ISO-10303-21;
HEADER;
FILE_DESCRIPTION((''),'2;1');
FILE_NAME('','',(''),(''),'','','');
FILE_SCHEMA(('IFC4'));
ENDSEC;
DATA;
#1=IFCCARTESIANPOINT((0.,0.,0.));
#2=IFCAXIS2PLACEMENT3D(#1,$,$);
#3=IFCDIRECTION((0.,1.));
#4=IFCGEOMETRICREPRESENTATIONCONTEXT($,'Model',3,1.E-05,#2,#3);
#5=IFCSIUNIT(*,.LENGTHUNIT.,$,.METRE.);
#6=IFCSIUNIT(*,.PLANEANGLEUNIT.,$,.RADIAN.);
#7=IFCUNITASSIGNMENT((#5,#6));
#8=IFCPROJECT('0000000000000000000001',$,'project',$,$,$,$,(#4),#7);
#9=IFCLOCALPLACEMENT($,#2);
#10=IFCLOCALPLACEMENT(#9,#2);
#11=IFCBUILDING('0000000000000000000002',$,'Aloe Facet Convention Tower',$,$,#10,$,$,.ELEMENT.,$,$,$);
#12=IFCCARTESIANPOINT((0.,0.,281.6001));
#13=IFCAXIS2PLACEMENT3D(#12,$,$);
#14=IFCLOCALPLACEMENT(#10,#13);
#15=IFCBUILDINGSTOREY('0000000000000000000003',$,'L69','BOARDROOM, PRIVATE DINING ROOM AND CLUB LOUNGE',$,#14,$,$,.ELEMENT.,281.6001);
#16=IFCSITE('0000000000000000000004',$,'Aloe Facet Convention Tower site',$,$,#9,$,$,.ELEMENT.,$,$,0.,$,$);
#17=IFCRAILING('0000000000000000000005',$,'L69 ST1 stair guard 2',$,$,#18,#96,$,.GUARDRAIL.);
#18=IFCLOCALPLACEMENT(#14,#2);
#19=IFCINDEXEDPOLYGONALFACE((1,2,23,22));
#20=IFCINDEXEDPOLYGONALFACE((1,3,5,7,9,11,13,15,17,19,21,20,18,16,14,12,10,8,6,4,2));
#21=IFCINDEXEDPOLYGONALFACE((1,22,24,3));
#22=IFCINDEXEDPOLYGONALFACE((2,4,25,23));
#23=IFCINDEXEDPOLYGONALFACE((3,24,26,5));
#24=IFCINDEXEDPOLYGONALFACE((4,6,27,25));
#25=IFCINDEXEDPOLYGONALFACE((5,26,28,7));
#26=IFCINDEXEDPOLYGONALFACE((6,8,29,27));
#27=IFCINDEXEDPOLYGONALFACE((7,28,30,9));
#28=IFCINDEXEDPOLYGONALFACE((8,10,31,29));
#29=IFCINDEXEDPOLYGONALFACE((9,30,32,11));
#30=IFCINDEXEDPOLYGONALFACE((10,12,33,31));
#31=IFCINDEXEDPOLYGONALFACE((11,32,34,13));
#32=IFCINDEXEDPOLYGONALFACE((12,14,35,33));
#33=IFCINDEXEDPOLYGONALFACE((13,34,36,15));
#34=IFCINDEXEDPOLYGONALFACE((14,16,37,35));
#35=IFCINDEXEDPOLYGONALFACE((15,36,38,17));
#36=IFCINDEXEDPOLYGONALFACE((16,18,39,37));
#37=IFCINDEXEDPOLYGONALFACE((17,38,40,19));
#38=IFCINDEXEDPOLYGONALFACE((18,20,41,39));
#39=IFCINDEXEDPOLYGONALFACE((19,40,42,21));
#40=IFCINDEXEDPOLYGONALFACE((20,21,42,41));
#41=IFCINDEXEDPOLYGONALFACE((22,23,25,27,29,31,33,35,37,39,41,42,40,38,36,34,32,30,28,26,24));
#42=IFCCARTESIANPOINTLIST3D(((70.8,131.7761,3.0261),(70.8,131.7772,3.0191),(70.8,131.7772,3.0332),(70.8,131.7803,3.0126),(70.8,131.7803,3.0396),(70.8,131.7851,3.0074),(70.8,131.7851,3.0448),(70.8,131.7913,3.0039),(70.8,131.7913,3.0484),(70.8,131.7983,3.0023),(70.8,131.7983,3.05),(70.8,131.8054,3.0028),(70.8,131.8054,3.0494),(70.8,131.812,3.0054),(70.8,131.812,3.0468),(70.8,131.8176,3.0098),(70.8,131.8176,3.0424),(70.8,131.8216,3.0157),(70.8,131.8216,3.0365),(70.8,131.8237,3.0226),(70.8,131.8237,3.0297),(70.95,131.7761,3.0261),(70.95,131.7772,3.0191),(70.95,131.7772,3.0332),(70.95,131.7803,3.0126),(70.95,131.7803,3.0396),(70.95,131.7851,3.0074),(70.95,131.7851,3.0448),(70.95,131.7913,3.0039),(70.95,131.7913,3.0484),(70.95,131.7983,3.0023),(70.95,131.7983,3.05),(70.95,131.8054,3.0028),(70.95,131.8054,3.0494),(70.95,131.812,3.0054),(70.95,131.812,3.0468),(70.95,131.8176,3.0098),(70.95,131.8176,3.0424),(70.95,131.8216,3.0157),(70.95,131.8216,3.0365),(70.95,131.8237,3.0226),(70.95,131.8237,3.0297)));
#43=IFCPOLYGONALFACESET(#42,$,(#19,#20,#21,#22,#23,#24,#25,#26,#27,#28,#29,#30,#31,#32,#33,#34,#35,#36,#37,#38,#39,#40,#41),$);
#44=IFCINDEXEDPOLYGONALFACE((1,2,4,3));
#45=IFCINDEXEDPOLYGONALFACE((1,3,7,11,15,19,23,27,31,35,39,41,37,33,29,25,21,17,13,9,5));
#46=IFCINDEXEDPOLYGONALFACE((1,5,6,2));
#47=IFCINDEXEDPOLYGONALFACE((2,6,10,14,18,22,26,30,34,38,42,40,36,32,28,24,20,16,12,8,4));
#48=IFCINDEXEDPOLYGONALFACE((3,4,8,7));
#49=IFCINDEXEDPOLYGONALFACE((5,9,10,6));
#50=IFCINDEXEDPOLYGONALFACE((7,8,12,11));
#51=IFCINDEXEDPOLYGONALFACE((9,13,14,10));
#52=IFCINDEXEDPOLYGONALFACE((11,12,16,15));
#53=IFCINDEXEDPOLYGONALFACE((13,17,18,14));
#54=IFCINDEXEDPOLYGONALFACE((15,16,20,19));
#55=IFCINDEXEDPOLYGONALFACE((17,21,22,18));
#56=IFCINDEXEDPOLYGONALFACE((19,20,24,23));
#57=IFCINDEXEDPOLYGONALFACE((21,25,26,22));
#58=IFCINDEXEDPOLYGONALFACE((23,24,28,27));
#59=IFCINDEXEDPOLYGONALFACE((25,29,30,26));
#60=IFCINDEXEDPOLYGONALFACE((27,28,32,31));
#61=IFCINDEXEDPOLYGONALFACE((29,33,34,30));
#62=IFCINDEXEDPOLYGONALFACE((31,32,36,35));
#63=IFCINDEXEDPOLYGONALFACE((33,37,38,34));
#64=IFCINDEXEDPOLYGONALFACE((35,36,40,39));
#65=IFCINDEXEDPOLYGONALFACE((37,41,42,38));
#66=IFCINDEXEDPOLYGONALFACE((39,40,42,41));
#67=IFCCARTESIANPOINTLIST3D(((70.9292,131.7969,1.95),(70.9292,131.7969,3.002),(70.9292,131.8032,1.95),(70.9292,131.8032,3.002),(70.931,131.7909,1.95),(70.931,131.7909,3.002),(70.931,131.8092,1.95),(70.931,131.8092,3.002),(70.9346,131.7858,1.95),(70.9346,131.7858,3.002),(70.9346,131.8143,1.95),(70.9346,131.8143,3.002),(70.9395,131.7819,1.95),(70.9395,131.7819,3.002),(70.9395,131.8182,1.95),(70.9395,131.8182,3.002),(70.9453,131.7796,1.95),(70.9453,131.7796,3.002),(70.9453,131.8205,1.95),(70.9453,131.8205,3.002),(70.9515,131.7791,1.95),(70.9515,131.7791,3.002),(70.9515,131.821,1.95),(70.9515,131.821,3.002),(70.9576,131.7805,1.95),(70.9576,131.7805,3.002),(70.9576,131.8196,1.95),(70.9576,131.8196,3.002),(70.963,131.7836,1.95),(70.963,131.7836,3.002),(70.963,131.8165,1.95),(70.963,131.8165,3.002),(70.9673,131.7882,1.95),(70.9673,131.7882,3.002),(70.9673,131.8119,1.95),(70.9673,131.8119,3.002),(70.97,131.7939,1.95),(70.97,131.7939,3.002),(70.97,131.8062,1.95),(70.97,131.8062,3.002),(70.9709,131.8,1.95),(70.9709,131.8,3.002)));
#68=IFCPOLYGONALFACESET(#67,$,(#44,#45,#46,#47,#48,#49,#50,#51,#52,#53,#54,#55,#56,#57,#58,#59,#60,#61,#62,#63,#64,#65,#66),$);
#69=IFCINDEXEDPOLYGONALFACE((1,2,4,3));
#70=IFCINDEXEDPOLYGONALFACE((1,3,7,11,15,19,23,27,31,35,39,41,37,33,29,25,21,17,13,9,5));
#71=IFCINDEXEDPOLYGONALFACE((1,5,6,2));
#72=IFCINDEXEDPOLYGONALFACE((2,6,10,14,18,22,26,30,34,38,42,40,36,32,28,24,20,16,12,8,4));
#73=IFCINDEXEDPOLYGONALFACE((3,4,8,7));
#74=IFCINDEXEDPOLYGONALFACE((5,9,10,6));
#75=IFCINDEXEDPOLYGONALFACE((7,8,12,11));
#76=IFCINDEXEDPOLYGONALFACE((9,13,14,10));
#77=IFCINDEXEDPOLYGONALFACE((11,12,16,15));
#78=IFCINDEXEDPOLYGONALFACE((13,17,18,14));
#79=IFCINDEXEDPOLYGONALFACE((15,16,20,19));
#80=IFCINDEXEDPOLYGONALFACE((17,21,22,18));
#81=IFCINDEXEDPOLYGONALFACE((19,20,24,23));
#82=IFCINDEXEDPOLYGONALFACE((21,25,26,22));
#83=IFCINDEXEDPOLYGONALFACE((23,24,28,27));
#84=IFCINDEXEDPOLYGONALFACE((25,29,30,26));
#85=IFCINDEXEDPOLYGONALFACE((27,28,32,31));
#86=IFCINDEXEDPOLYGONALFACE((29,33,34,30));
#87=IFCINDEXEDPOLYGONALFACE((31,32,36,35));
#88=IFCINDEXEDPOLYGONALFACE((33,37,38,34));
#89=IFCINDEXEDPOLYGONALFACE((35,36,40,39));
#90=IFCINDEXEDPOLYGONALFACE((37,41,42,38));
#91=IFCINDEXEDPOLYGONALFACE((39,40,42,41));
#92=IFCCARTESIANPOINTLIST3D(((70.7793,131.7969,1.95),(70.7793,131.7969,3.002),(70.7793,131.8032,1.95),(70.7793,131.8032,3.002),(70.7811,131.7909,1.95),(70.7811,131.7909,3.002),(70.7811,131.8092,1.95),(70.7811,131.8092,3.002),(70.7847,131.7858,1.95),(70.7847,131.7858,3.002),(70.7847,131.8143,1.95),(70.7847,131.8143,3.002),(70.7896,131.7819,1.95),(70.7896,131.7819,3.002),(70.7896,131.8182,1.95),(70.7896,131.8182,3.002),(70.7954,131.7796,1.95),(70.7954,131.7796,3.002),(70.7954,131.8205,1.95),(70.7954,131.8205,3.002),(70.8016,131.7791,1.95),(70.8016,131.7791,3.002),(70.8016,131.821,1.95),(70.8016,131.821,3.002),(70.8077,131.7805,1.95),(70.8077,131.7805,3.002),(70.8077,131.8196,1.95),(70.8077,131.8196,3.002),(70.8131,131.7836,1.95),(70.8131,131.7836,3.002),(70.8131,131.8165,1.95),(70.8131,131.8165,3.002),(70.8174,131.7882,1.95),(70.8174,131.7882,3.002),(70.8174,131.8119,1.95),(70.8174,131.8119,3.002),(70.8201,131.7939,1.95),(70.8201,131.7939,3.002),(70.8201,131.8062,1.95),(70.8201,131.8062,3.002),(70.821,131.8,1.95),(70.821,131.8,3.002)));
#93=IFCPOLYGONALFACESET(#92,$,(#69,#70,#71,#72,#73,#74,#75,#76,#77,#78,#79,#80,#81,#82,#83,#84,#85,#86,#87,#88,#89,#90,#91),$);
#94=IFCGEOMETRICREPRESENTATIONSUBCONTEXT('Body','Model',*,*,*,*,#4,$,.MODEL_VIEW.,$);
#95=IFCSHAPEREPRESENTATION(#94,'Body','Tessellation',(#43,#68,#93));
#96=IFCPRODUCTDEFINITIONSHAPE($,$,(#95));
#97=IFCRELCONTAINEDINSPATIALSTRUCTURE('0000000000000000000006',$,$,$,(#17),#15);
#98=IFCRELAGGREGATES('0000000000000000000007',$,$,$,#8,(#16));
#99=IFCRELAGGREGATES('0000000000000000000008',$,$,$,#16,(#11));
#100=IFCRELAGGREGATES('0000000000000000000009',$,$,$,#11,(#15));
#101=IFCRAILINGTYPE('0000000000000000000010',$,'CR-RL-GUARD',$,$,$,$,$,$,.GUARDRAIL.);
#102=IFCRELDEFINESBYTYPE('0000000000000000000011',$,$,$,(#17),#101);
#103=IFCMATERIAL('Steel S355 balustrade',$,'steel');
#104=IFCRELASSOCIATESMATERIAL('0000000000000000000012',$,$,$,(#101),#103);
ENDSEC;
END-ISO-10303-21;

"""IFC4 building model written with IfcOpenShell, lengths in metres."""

from ifc_helpers import new_model, si_unit, direction, frame, origin, origin_2d, place, context, subcontext, project, spatial, circle, extrude, material, type_object, element, save


model = new_model("IFC4")

# Units and contexts
model_context = context("Model", 3, precision=1e-05, world=origin(), true_north=direction((0.0, 1.0)))
body_context = subcontext(model_context, "Body", "Model", "MODEL_VIEW")
ifc_project = project(units=[si_unit("LENGTHUNIT", "METRE"), si_unit("PLANEANGLEUNIT", "RADIAN")], contexts=[model_context])

# Site, building, storey
site_placement = place(None, origin())
site = spatial("IfcSite", under=ifc_project, at=site_placement, Name="Aloe Facet Convention Tower site", CompositionType="ELEMENT", RefElevation=0.0)
building_placement = place(site_placement, origin())
building = spatial("IfcBuilding", under=site, at=building_placement, Name="Aloe Facet Convention Tower", CompositionType="ELEMENT")
storey_placement = place(building_placement, frame((0.0, 0.0, 281.6001)))
storey = spatial("IfcBuildingStorey", under=building, at=storey_placement, Name="L69", Description="BOARDROOM, PRIVATE DINING ROOM AND CLUB LOUNGE", CompositionType="ELEMENT", Elevation=281.6001)

# Railing
ifc_material_1 = material(Name="Steel S355 balustrade", Category="steel")
railing_type_1 = type_object("IfcRailingType", Name="CR-RL-GUARD", PredefinedType="GUARDRAIL", material=ifc_material_1)
railing_1_placement = place(storey_placement, frame((70.95, 131.8, 1.95)))
element("IfcRailing", 1, at=railing_1_placement, inside=storey, type_object=railing_type_1, Name="L69 ST1 stair guard 2", PredefinedType="GUARDRAIL", context=body_context, shape_type="SweptSolid", body=[
    extrude(circle(Radius=0.0239, at=origin_2d()), frame((0.0, 0.0, 1.0762), z_axis=(-1.0, 0.0, 0.0), x_axis=(0.0, -1.0, 0.0)), (0.0, 0.0, 1.0), 0.1499),
    extrude(circle(Radius=0.021, at=origin_2d()), origin(), (0.0, 0.0, 1.0), 1.052),
    extrude(circle(Radius=0.021, at=origin_2d()), frame((-0.1499, 0.0, 0.0)), (0.0, 0.0, 1.0), 1.052),
])

save(model, "model.ifc")
